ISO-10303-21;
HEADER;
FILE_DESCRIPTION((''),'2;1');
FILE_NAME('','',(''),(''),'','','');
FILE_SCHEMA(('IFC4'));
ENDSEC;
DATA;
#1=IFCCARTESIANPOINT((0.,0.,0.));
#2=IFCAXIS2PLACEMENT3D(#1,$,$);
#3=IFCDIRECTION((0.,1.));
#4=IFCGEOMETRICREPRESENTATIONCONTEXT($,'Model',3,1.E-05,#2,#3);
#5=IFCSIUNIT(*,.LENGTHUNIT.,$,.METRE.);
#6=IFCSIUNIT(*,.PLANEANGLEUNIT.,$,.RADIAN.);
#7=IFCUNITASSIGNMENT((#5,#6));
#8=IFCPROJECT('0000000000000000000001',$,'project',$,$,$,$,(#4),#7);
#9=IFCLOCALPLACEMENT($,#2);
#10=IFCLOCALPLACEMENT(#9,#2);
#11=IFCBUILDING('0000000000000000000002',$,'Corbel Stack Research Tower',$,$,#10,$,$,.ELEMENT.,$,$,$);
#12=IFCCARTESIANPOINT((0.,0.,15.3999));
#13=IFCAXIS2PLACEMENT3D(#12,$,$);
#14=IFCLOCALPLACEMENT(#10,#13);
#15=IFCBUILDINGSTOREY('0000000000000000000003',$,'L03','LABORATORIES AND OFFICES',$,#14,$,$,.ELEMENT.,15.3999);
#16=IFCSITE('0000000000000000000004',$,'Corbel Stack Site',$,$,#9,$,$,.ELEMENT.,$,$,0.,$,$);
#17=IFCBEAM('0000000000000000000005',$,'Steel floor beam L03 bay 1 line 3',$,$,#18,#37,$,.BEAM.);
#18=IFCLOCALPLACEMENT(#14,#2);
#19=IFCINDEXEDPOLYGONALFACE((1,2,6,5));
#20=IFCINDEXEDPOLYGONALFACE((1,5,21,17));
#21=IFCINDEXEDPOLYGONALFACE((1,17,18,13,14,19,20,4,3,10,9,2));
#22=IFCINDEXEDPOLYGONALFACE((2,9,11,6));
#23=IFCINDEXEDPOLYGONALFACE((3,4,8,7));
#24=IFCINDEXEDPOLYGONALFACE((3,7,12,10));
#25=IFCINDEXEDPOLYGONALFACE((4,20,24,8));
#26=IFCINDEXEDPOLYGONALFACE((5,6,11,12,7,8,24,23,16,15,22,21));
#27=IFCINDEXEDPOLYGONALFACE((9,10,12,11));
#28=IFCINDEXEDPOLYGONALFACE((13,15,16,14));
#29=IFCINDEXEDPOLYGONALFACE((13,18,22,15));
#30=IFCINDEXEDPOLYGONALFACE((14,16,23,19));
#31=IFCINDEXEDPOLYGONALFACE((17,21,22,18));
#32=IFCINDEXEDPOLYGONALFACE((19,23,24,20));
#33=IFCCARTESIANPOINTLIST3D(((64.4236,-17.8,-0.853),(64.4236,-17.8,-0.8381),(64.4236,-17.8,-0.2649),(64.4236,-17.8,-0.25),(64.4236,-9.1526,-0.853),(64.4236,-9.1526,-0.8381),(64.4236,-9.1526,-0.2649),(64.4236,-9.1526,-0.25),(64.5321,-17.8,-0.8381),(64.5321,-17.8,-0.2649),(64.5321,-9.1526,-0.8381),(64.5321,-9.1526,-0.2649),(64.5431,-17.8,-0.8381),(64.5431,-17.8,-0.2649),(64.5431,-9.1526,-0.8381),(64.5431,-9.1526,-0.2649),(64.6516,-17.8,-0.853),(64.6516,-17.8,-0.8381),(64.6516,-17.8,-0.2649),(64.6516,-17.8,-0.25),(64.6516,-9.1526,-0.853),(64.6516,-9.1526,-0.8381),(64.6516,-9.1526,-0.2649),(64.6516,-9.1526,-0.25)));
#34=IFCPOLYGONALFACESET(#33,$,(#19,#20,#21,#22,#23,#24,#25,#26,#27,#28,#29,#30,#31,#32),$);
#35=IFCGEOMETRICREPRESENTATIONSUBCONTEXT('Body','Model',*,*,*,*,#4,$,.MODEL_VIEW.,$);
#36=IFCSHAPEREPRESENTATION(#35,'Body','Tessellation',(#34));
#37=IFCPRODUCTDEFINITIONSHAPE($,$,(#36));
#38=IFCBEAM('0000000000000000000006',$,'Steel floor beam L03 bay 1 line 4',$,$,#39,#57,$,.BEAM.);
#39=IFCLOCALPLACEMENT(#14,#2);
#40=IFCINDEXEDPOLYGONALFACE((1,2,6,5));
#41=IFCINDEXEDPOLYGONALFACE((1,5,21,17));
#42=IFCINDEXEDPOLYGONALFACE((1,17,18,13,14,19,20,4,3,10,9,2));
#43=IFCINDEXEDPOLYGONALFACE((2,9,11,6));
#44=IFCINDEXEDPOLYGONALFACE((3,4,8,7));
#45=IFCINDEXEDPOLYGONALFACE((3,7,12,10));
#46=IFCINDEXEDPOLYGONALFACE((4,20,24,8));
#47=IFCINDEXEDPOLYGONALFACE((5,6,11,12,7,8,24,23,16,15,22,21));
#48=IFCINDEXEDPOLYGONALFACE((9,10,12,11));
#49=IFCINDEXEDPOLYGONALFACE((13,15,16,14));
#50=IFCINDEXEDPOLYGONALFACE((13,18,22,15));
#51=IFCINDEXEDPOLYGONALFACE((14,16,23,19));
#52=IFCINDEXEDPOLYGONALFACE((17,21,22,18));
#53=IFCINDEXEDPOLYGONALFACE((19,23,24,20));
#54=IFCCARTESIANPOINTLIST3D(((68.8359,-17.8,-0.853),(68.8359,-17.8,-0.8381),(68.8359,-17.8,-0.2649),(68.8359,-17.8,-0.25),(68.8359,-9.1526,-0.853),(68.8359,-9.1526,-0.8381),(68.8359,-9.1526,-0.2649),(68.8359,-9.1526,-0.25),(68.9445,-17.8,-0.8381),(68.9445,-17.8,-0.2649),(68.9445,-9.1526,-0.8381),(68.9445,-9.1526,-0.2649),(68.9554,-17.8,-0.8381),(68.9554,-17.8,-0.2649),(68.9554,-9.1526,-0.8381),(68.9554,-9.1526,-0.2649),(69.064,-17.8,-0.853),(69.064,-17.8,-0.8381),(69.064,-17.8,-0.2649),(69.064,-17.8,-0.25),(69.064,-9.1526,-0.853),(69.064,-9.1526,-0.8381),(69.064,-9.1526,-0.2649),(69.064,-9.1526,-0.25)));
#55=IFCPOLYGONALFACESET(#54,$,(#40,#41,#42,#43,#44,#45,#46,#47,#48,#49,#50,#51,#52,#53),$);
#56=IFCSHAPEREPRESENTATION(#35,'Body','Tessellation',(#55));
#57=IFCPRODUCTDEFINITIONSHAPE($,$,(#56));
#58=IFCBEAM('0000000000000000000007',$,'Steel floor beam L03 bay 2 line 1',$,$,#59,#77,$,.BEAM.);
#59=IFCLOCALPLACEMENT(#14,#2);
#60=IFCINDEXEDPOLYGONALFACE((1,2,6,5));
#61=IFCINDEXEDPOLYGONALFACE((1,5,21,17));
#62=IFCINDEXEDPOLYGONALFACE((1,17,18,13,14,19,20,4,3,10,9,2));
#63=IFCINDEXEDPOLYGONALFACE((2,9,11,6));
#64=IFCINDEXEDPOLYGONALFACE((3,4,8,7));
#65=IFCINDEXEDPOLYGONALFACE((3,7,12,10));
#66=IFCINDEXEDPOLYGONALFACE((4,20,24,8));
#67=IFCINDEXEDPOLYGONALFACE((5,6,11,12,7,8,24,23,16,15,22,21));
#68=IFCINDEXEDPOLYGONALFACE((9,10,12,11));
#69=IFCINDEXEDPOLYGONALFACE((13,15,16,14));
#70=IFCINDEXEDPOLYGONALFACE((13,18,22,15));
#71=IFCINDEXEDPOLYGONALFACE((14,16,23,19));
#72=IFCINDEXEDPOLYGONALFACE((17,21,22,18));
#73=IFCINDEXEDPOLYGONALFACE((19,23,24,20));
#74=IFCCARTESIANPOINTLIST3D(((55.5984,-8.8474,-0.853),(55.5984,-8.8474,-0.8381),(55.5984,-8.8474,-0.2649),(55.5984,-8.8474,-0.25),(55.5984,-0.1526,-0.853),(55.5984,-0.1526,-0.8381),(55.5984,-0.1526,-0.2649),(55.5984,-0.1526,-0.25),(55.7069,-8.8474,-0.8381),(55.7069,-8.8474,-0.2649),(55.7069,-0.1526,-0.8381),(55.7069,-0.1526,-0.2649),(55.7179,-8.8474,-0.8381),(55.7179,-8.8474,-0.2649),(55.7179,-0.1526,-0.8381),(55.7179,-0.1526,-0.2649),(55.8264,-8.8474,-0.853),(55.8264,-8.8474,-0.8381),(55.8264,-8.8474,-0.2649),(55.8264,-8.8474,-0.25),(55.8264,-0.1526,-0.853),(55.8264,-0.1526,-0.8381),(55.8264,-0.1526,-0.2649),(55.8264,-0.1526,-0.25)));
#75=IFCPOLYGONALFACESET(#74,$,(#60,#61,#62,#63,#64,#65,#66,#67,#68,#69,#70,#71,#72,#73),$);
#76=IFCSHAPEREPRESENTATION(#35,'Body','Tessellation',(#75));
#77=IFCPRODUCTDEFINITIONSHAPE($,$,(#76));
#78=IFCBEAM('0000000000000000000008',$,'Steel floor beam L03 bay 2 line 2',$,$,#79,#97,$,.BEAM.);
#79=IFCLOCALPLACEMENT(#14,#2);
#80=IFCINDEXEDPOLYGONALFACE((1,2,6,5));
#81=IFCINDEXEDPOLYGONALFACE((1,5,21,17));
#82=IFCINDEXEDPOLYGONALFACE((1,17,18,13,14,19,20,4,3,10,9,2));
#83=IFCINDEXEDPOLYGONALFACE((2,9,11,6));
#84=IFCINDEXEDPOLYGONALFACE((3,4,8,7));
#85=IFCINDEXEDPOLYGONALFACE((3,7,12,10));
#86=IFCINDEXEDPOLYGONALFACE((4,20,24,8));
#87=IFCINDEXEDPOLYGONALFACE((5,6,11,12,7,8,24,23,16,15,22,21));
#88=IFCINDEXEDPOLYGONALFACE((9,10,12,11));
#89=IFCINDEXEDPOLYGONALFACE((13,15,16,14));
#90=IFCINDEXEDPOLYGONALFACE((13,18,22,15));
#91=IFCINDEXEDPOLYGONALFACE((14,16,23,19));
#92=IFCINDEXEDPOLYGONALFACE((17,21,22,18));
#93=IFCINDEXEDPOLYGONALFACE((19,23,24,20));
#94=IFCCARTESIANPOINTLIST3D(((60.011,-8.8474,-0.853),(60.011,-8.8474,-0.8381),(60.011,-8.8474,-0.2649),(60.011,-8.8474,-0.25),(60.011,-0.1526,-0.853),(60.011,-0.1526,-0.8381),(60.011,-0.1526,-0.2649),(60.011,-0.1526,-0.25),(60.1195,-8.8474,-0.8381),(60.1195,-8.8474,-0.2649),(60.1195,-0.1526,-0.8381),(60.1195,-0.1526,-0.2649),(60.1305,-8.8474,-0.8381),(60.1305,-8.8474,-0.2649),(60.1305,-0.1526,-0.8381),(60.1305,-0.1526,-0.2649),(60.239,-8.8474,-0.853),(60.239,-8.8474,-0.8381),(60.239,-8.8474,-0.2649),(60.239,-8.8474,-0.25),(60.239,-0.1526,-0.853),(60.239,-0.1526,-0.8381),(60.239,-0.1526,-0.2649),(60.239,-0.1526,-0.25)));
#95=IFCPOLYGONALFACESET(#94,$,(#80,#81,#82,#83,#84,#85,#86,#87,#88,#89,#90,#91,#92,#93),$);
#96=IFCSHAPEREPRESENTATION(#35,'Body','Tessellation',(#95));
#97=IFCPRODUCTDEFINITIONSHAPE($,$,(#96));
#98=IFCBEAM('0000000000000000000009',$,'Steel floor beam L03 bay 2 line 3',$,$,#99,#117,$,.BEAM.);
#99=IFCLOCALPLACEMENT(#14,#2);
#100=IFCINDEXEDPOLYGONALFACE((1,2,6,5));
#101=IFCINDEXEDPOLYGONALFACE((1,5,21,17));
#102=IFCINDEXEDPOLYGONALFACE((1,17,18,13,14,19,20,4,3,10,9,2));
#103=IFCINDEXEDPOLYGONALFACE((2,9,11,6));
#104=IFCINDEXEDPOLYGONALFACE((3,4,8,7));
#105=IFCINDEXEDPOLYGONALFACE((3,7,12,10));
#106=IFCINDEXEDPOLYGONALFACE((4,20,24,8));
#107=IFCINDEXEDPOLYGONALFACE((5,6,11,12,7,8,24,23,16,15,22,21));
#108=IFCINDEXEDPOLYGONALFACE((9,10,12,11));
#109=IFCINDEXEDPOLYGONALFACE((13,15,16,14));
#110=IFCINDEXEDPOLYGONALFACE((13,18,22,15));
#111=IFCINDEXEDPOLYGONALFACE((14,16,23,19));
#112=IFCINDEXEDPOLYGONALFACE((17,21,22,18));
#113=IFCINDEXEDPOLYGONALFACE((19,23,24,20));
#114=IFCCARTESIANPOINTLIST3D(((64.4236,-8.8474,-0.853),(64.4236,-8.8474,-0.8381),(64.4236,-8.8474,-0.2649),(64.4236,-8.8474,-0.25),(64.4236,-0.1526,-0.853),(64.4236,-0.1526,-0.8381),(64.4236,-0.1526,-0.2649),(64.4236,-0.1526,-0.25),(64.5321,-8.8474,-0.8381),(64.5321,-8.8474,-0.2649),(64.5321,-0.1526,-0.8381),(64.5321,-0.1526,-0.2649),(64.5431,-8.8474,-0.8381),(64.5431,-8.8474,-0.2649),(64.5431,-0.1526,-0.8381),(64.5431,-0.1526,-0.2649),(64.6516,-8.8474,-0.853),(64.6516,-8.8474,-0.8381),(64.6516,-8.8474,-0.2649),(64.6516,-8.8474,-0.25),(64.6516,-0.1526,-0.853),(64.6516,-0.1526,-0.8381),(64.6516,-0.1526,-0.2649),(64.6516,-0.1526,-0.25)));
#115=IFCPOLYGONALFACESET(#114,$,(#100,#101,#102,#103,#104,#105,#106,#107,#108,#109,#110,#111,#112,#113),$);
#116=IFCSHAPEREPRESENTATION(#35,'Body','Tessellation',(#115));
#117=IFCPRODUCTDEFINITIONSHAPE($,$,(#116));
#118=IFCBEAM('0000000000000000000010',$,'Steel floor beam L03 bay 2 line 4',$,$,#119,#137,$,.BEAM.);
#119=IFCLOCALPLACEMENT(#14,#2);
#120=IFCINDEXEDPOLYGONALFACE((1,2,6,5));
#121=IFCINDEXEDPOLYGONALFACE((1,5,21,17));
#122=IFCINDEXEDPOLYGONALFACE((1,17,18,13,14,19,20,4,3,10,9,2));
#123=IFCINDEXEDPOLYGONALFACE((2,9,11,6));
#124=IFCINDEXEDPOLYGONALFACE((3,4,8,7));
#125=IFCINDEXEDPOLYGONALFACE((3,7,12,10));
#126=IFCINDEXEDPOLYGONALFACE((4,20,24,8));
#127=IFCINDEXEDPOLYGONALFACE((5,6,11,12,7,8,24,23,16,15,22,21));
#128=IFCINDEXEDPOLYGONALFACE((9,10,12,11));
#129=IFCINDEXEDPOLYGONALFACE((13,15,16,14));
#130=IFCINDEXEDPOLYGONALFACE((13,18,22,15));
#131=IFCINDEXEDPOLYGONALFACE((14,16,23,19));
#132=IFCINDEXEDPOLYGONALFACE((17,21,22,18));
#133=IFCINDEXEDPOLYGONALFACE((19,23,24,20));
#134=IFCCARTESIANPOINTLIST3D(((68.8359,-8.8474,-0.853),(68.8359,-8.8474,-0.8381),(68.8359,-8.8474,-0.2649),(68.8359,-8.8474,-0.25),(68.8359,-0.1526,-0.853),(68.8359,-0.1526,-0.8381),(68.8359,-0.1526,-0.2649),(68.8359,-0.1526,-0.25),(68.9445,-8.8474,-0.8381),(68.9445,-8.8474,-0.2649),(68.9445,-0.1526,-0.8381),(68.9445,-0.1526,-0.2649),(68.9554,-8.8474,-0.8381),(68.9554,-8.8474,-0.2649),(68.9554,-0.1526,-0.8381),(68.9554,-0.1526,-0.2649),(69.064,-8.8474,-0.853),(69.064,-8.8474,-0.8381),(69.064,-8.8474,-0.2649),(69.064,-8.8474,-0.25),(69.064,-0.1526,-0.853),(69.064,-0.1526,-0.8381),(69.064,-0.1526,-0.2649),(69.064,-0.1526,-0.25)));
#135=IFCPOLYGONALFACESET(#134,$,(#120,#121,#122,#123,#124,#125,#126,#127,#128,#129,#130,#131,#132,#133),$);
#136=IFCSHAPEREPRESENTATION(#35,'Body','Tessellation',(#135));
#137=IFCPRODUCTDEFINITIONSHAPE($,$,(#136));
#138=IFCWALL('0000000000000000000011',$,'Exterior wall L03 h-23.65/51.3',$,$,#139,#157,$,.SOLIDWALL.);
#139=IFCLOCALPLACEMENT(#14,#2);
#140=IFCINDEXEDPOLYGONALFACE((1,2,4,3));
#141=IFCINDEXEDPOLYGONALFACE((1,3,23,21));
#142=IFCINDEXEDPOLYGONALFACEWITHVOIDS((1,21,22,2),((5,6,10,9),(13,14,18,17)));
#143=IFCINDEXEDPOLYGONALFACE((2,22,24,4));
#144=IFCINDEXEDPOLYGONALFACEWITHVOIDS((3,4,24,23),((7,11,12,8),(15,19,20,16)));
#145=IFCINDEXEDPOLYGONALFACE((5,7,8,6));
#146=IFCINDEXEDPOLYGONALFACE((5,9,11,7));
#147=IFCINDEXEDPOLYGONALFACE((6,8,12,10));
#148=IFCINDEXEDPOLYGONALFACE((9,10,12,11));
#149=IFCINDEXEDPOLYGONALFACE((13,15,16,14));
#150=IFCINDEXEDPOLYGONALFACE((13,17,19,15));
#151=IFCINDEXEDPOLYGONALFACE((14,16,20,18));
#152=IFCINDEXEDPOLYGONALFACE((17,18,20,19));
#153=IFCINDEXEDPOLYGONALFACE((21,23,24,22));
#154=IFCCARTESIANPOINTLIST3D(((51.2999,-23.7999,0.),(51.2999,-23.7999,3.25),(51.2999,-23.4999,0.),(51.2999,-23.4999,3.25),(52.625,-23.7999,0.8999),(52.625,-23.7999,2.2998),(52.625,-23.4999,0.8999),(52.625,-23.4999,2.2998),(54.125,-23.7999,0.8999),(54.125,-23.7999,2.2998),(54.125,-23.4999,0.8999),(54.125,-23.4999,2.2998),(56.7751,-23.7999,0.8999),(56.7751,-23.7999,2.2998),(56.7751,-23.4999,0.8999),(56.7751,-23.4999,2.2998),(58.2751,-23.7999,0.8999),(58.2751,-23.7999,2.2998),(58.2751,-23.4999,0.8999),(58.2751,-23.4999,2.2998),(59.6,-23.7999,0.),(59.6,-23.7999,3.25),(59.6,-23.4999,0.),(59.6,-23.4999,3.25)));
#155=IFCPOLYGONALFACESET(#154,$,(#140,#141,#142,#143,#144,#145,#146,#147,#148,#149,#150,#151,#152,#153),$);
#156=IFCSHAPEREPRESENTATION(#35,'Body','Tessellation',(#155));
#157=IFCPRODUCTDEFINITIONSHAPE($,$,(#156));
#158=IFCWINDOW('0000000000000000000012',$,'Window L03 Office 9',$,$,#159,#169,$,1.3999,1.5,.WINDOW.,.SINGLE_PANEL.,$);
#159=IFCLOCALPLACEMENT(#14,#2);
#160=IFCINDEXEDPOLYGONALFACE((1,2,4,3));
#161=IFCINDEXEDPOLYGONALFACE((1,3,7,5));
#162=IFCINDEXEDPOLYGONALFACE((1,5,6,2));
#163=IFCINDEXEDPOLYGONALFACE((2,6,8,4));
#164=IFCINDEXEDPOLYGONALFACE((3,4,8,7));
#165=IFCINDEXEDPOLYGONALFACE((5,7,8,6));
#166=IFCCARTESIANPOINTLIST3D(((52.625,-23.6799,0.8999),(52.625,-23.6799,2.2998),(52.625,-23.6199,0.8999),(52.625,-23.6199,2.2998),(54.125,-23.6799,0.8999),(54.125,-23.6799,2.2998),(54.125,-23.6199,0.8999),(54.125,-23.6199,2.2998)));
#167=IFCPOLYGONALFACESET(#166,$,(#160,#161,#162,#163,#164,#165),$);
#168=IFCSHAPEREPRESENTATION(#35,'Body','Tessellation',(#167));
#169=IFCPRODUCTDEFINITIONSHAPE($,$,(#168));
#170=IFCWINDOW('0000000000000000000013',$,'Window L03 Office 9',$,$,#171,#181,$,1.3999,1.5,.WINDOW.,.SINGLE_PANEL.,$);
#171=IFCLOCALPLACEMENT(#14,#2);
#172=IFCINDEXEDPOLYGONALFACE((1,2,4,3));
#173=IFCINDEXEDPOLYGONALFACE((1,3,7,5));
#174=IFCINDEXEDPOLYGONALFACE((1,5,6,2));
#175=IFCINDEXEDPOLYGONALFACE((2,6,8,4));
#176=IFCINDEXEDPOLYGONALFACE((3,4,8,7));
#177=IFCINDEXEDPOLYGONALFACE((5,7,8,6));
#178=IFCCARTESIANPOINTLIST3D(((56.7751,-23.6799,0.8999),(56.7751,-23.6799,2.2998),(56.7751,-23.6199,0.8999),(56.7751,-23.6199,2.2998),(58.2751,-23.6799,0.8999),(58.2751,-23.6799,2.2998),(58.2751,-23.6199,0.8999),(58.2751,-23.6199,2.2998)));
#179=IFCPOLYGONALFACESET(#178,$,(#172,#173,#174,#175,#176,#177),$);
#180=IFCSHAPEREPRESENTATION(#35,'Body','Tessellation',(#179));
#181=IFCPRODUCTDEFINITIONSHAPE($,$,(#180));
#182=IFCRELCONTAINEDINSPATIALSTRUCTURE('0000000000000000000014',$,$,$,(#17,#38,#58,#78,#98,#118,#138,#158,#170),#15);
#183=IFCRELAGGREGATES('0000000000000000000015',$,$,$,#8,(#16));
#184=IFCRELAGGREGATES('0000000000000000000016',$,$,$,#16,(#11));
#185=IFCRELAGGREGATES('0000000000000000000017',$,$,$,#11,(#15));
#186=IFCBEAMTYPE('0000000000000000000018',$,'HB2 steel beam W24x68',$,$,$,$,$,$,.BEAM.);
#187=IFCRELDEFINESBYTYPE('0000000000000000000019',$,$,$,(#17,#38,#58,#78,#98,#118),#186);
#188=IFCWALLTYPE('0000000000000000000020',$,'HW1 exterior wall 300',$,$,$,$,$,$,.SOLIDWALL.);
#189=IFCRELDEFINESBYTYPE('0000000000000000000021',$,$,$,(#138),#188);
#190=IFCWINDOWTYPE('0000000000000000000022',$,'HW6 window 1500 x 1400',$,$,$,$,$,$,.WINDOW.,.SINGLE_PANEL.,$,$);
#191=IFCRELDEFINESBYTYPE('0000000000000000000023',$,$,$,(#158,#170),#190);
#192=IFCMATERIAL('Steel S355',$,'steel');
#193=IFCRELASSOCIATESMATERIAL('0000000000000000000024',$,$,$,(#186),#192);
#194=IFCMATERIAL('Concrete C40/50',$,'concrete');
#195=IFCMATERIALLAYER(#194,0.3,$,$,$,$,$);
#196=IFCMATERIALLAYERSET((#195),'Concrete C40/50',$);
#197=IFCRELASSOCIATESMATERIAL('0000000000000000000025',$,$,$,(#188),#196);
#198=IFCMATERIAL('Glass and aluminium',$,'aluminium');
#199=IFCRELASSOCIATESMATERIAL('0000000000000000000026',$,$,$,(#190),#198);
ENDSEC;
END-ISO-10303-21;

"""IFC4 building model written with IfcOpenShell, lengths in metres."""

from ifc_helpers import new_model, si_unit, direction, frame, frame_2d, origin, origin_2d, place, context, subcontext, project, spatial, rectangle, i_section, extrude, material, layer, layer_set, material_profile, profile_set, type_object, element, fill, save


model = new_model("IFC4")

# Units and contexts
model_context = context("Model", 3, precision=1e-05, world=origin(), true_north=direction((0.0, 1.0)))
body_context = subcontext(model_context, "Body", "Model", "MODEL_VIEW")
ifc_project = project(units=[si_unit("LENGTHUNIT", "METRE"), si_unit("PLANEANGLEUNIT", "RADIAN")], contexts=[model_context])

# Site, building, storey
site_placement = place(None, origin())
site = spatial("IfcSite", under=ifc_project, at=site_placement, Name="Corbel Stack Site", CompositionType="ELEMENT", RefElevation=0.0)
building_placement = place(site_placement, origin())
building = spatial("IfcBuilding", under=site, at=building_placement, Name="Corbel Stack Research Tower", CompositionType="ELEMENT")
storey_placement = place(building_placement, frame((0.0, 0.0, 15.3999)))
storey = spatial("IfcBuildingStorey", under=building, at=storey_placement, Name="L03", Description="LABORATORIES AND OFFICES", CompositionType="ELEMENT", Elevation=15.3999)

# Beams
ifc_material_1 = material(Name="Steel S355", Category="steel")
ifc_material_profile_1 = material_profile(ifc_material_1, i_section(OverallWidth=0.228, OverallDepth=0.603, WebThickness=0.011, FlangeThickness=0.0149, at=origin_2d()), Name="W24x68")
ifc_profile_set_1 = profile_set([ifc_material_profile_1], Name="Steel S355")
beam_type_1 = type_object("IfcBeamType", Name="HB2 steel beam W24x68", PredefinedType="BEAM", material=ifc_profile_set_1)
for number, where, z_axis, x_axis, name in (
    (1, (64.5376, -17.8, -0.5515), (0.0, 1.0, 0.0), (-1.0, 0.0, 0.0), "Steel floor beam L03 bay 1 line 3"),
    (2, (68.95, -17.8, -0.5515), (0.0, 1.0, 0.0), (-1.0, 0.0, 0.0), "Steel floor beam L03 bay 1 line 4"),
):
    element("IfcBeam", number, at=place(storey_placement, frame(where, z_axis=z_axis, x_axis=x_axis)), inside=storey, type_object=beam_type_1, Name=name, PredefinedType="BEAM", context=body_context, shape_type="SweptSolid", body=[
        extrude(i_section(OverallWidth=0.228, OverallDepth=0.603, WebThickness=0.011, FlangeThickness=0.0149, at=origin_2d()), origin(), (0.0, 0.0, 1.0), 8.6475),
    ])
for number, where, z_axis, x_axis, name in (
    (3, (55.7124, -8.8474, -0.5515), (0.0, 1.0, 0.0), (-1.0, 0.0, 0.0), "Steel floor beam L03 bay 2 line 1"),
    (4, (60.125, -8.8474, -0.5515), (0.0, 1.0, 0.0), (-1.0, 0.0, 0.0), "Steel floor beam L03 bay 2 line 2"),
    (5, (64.5376, -8.8474, -0.5515), (0.0, 1.0, 0.0), (-1.0, 0.0, 0.0), "Steel floor beam L03 bay 2 line 3"),
    (6, (68.95, -8.8474, -0.5515), (0.0, 1.0, 0.0), (-1.0, 0.0, 0.0), "Steel floor beam L03 bay 2 line 4"),
):
    element("IfcBeam", number, at=place(storey_placement, frame(where, z_axis=z_axis, x_axis=x_axis)), inside=storey, type_object=beam_type_1, Name=name, PredefinedType="BEAM", context=body_context, shape_type="SweptSolid", body=[
        extrude(i_section(OverallWidth=0.228, OverallDepth=0.603, WebThickness=0.011, FlangeThickness=0.0149, at=origin_2d()), origin(), (0.0, 0.0, 1.0), 8.6948),
    ])

# Wall, openings, windows
ifc_material_2 = material(Name="Concrete C40/50", Category="concrete")
ifc_layer_1 = layer(ifc_material_2, 0.3)
ifc_layer_set_1 = layer_set([ifc_layer_1], Name="Concrete C40/50")
wall_type_1 = type_object("IfcWallType", Name="HW1 exterior wall 300", PredefinedType="SOLIDWALL", material=ifc_layer_set_1)
wall_1_placement = place(storey_placement, frame((51.3, -23.6499, 0.0), z_axis=(0.0, 0.0, 1.0), x_axis=(1.0, 0.0, 0.0)))
wall_1 = element("IfcWall", 7, at=wall_1_placement, inside=storey, type_object=wall_type_1, Name="Exterior wall L03 h-23.65/51.3", PredefinedType="SOLIDWALL", context=body_context, shape_type="SweptSolid", body=[
    extrude(rectangle(XDim=8.3, YDim=0.3, at=frame_2d((4.1499, 0.0))), origin(), (0.0, 0.0, 1.0), 3.25),
])
opening_1_placement = place(wall_1_placement, frame((1.325, 0.0, 0.8999)))
opening_1 = element("IfcOpeningElement", 8, at=opening_1_placement, cuts=wall_1, PredefinedType="OPENING", context=body_context, shape_type="SweptSolid", body=[
    extrude(rectangle(XDim=1.5, YDim=1.3999, at=frame_2d((0.75, 0.7))), frame((0.0, 0.1599, 0.0), z_axis=(0.0, -1.0, 0.0), x_axis=(1.0, 0.0, 0.0)), (0.0, 0.0, 1.0), 0.3201),
])
opening_2_placement = place(wall_1_placement, frame((5.4751, 0.0, 0.8999)))
opening_2 = element("IfcOpeningElement", 9, at=opening_2_placement, cuts=wall_1, PredefinedType="OPENING", context=body_context, shape_type="SweptSolid", body=[
    extrude(rectangle(XDim=1.5, YDim=1.3999, at=frame_2d((0.75, 0.7))), frame((0.0, 0.1599, 0.0), z_axis=(0.0, -1.0, 0.0), x_axis=(1.0, 0.0, 0.0)), (0.0, 0.0, 1.0), 0.3201),
])
ifc_material_3 = material(Name="Glass and aluminium", Category="aluminium")
window_type = type_object("IfcWindowType", Name="HW6 window 1500 x 1400", PartitioningType="SINGLE_PANEL", PredefinedType="WINDOW", material=ifc_material_3)
window_1_placement = place(opening_1_placement, origin())
window_1 = element("IfcWindow", 10, at=window_1_placement, inside=storey, type_object=window_type, Name="Window L03 Office 9", OverallHeight=1.3999, OverallWidth=1.5, PartitioningType="SINGLE_PANEL", PredefinedType="WINDOW", context=body_context, shape_type="SweptSolid", body=[
    extrude(rectangle(XDim=1.5, YDim=1.3999, at=frame_2d((0.75, 0.7))), frame((0.0, 0.03, 0.0), z_axis=(0.0, -1.0, 0.0), x_axis=(1.0, 0.0, 0.0)), (0.0, 0.0, 1.0), 0.0601),
])
fill(opening_1, window_1)
window_2_placement = place(opening_2_placement, origin())
window_2 = element("IfcWindow", 11, at=window_2_placement, inside=storey, type_object=window_type, Name="Window L03 Office 9", OverallHeight=1.3999, OverallWidth=1.5, PartitioningType="SINGLE_PANEL", PredefinedType="WINDOW", context=body_context, shape_type="SweptSolid", body=[
    extrude(rectangle(XDim=1.5, YDim=1.3999, at=frame_2d((0.75, 0.7))), frame((0.0, 0.03, 0.0), z_axis=(0.0, -1.0, 0.0), x_axis=(1.0, 0.0, 0.0)), (0.0, 0.0, 1.0), 0.0601),
])
fill(opening_2, window_2)

save(model, "model.ifc")
